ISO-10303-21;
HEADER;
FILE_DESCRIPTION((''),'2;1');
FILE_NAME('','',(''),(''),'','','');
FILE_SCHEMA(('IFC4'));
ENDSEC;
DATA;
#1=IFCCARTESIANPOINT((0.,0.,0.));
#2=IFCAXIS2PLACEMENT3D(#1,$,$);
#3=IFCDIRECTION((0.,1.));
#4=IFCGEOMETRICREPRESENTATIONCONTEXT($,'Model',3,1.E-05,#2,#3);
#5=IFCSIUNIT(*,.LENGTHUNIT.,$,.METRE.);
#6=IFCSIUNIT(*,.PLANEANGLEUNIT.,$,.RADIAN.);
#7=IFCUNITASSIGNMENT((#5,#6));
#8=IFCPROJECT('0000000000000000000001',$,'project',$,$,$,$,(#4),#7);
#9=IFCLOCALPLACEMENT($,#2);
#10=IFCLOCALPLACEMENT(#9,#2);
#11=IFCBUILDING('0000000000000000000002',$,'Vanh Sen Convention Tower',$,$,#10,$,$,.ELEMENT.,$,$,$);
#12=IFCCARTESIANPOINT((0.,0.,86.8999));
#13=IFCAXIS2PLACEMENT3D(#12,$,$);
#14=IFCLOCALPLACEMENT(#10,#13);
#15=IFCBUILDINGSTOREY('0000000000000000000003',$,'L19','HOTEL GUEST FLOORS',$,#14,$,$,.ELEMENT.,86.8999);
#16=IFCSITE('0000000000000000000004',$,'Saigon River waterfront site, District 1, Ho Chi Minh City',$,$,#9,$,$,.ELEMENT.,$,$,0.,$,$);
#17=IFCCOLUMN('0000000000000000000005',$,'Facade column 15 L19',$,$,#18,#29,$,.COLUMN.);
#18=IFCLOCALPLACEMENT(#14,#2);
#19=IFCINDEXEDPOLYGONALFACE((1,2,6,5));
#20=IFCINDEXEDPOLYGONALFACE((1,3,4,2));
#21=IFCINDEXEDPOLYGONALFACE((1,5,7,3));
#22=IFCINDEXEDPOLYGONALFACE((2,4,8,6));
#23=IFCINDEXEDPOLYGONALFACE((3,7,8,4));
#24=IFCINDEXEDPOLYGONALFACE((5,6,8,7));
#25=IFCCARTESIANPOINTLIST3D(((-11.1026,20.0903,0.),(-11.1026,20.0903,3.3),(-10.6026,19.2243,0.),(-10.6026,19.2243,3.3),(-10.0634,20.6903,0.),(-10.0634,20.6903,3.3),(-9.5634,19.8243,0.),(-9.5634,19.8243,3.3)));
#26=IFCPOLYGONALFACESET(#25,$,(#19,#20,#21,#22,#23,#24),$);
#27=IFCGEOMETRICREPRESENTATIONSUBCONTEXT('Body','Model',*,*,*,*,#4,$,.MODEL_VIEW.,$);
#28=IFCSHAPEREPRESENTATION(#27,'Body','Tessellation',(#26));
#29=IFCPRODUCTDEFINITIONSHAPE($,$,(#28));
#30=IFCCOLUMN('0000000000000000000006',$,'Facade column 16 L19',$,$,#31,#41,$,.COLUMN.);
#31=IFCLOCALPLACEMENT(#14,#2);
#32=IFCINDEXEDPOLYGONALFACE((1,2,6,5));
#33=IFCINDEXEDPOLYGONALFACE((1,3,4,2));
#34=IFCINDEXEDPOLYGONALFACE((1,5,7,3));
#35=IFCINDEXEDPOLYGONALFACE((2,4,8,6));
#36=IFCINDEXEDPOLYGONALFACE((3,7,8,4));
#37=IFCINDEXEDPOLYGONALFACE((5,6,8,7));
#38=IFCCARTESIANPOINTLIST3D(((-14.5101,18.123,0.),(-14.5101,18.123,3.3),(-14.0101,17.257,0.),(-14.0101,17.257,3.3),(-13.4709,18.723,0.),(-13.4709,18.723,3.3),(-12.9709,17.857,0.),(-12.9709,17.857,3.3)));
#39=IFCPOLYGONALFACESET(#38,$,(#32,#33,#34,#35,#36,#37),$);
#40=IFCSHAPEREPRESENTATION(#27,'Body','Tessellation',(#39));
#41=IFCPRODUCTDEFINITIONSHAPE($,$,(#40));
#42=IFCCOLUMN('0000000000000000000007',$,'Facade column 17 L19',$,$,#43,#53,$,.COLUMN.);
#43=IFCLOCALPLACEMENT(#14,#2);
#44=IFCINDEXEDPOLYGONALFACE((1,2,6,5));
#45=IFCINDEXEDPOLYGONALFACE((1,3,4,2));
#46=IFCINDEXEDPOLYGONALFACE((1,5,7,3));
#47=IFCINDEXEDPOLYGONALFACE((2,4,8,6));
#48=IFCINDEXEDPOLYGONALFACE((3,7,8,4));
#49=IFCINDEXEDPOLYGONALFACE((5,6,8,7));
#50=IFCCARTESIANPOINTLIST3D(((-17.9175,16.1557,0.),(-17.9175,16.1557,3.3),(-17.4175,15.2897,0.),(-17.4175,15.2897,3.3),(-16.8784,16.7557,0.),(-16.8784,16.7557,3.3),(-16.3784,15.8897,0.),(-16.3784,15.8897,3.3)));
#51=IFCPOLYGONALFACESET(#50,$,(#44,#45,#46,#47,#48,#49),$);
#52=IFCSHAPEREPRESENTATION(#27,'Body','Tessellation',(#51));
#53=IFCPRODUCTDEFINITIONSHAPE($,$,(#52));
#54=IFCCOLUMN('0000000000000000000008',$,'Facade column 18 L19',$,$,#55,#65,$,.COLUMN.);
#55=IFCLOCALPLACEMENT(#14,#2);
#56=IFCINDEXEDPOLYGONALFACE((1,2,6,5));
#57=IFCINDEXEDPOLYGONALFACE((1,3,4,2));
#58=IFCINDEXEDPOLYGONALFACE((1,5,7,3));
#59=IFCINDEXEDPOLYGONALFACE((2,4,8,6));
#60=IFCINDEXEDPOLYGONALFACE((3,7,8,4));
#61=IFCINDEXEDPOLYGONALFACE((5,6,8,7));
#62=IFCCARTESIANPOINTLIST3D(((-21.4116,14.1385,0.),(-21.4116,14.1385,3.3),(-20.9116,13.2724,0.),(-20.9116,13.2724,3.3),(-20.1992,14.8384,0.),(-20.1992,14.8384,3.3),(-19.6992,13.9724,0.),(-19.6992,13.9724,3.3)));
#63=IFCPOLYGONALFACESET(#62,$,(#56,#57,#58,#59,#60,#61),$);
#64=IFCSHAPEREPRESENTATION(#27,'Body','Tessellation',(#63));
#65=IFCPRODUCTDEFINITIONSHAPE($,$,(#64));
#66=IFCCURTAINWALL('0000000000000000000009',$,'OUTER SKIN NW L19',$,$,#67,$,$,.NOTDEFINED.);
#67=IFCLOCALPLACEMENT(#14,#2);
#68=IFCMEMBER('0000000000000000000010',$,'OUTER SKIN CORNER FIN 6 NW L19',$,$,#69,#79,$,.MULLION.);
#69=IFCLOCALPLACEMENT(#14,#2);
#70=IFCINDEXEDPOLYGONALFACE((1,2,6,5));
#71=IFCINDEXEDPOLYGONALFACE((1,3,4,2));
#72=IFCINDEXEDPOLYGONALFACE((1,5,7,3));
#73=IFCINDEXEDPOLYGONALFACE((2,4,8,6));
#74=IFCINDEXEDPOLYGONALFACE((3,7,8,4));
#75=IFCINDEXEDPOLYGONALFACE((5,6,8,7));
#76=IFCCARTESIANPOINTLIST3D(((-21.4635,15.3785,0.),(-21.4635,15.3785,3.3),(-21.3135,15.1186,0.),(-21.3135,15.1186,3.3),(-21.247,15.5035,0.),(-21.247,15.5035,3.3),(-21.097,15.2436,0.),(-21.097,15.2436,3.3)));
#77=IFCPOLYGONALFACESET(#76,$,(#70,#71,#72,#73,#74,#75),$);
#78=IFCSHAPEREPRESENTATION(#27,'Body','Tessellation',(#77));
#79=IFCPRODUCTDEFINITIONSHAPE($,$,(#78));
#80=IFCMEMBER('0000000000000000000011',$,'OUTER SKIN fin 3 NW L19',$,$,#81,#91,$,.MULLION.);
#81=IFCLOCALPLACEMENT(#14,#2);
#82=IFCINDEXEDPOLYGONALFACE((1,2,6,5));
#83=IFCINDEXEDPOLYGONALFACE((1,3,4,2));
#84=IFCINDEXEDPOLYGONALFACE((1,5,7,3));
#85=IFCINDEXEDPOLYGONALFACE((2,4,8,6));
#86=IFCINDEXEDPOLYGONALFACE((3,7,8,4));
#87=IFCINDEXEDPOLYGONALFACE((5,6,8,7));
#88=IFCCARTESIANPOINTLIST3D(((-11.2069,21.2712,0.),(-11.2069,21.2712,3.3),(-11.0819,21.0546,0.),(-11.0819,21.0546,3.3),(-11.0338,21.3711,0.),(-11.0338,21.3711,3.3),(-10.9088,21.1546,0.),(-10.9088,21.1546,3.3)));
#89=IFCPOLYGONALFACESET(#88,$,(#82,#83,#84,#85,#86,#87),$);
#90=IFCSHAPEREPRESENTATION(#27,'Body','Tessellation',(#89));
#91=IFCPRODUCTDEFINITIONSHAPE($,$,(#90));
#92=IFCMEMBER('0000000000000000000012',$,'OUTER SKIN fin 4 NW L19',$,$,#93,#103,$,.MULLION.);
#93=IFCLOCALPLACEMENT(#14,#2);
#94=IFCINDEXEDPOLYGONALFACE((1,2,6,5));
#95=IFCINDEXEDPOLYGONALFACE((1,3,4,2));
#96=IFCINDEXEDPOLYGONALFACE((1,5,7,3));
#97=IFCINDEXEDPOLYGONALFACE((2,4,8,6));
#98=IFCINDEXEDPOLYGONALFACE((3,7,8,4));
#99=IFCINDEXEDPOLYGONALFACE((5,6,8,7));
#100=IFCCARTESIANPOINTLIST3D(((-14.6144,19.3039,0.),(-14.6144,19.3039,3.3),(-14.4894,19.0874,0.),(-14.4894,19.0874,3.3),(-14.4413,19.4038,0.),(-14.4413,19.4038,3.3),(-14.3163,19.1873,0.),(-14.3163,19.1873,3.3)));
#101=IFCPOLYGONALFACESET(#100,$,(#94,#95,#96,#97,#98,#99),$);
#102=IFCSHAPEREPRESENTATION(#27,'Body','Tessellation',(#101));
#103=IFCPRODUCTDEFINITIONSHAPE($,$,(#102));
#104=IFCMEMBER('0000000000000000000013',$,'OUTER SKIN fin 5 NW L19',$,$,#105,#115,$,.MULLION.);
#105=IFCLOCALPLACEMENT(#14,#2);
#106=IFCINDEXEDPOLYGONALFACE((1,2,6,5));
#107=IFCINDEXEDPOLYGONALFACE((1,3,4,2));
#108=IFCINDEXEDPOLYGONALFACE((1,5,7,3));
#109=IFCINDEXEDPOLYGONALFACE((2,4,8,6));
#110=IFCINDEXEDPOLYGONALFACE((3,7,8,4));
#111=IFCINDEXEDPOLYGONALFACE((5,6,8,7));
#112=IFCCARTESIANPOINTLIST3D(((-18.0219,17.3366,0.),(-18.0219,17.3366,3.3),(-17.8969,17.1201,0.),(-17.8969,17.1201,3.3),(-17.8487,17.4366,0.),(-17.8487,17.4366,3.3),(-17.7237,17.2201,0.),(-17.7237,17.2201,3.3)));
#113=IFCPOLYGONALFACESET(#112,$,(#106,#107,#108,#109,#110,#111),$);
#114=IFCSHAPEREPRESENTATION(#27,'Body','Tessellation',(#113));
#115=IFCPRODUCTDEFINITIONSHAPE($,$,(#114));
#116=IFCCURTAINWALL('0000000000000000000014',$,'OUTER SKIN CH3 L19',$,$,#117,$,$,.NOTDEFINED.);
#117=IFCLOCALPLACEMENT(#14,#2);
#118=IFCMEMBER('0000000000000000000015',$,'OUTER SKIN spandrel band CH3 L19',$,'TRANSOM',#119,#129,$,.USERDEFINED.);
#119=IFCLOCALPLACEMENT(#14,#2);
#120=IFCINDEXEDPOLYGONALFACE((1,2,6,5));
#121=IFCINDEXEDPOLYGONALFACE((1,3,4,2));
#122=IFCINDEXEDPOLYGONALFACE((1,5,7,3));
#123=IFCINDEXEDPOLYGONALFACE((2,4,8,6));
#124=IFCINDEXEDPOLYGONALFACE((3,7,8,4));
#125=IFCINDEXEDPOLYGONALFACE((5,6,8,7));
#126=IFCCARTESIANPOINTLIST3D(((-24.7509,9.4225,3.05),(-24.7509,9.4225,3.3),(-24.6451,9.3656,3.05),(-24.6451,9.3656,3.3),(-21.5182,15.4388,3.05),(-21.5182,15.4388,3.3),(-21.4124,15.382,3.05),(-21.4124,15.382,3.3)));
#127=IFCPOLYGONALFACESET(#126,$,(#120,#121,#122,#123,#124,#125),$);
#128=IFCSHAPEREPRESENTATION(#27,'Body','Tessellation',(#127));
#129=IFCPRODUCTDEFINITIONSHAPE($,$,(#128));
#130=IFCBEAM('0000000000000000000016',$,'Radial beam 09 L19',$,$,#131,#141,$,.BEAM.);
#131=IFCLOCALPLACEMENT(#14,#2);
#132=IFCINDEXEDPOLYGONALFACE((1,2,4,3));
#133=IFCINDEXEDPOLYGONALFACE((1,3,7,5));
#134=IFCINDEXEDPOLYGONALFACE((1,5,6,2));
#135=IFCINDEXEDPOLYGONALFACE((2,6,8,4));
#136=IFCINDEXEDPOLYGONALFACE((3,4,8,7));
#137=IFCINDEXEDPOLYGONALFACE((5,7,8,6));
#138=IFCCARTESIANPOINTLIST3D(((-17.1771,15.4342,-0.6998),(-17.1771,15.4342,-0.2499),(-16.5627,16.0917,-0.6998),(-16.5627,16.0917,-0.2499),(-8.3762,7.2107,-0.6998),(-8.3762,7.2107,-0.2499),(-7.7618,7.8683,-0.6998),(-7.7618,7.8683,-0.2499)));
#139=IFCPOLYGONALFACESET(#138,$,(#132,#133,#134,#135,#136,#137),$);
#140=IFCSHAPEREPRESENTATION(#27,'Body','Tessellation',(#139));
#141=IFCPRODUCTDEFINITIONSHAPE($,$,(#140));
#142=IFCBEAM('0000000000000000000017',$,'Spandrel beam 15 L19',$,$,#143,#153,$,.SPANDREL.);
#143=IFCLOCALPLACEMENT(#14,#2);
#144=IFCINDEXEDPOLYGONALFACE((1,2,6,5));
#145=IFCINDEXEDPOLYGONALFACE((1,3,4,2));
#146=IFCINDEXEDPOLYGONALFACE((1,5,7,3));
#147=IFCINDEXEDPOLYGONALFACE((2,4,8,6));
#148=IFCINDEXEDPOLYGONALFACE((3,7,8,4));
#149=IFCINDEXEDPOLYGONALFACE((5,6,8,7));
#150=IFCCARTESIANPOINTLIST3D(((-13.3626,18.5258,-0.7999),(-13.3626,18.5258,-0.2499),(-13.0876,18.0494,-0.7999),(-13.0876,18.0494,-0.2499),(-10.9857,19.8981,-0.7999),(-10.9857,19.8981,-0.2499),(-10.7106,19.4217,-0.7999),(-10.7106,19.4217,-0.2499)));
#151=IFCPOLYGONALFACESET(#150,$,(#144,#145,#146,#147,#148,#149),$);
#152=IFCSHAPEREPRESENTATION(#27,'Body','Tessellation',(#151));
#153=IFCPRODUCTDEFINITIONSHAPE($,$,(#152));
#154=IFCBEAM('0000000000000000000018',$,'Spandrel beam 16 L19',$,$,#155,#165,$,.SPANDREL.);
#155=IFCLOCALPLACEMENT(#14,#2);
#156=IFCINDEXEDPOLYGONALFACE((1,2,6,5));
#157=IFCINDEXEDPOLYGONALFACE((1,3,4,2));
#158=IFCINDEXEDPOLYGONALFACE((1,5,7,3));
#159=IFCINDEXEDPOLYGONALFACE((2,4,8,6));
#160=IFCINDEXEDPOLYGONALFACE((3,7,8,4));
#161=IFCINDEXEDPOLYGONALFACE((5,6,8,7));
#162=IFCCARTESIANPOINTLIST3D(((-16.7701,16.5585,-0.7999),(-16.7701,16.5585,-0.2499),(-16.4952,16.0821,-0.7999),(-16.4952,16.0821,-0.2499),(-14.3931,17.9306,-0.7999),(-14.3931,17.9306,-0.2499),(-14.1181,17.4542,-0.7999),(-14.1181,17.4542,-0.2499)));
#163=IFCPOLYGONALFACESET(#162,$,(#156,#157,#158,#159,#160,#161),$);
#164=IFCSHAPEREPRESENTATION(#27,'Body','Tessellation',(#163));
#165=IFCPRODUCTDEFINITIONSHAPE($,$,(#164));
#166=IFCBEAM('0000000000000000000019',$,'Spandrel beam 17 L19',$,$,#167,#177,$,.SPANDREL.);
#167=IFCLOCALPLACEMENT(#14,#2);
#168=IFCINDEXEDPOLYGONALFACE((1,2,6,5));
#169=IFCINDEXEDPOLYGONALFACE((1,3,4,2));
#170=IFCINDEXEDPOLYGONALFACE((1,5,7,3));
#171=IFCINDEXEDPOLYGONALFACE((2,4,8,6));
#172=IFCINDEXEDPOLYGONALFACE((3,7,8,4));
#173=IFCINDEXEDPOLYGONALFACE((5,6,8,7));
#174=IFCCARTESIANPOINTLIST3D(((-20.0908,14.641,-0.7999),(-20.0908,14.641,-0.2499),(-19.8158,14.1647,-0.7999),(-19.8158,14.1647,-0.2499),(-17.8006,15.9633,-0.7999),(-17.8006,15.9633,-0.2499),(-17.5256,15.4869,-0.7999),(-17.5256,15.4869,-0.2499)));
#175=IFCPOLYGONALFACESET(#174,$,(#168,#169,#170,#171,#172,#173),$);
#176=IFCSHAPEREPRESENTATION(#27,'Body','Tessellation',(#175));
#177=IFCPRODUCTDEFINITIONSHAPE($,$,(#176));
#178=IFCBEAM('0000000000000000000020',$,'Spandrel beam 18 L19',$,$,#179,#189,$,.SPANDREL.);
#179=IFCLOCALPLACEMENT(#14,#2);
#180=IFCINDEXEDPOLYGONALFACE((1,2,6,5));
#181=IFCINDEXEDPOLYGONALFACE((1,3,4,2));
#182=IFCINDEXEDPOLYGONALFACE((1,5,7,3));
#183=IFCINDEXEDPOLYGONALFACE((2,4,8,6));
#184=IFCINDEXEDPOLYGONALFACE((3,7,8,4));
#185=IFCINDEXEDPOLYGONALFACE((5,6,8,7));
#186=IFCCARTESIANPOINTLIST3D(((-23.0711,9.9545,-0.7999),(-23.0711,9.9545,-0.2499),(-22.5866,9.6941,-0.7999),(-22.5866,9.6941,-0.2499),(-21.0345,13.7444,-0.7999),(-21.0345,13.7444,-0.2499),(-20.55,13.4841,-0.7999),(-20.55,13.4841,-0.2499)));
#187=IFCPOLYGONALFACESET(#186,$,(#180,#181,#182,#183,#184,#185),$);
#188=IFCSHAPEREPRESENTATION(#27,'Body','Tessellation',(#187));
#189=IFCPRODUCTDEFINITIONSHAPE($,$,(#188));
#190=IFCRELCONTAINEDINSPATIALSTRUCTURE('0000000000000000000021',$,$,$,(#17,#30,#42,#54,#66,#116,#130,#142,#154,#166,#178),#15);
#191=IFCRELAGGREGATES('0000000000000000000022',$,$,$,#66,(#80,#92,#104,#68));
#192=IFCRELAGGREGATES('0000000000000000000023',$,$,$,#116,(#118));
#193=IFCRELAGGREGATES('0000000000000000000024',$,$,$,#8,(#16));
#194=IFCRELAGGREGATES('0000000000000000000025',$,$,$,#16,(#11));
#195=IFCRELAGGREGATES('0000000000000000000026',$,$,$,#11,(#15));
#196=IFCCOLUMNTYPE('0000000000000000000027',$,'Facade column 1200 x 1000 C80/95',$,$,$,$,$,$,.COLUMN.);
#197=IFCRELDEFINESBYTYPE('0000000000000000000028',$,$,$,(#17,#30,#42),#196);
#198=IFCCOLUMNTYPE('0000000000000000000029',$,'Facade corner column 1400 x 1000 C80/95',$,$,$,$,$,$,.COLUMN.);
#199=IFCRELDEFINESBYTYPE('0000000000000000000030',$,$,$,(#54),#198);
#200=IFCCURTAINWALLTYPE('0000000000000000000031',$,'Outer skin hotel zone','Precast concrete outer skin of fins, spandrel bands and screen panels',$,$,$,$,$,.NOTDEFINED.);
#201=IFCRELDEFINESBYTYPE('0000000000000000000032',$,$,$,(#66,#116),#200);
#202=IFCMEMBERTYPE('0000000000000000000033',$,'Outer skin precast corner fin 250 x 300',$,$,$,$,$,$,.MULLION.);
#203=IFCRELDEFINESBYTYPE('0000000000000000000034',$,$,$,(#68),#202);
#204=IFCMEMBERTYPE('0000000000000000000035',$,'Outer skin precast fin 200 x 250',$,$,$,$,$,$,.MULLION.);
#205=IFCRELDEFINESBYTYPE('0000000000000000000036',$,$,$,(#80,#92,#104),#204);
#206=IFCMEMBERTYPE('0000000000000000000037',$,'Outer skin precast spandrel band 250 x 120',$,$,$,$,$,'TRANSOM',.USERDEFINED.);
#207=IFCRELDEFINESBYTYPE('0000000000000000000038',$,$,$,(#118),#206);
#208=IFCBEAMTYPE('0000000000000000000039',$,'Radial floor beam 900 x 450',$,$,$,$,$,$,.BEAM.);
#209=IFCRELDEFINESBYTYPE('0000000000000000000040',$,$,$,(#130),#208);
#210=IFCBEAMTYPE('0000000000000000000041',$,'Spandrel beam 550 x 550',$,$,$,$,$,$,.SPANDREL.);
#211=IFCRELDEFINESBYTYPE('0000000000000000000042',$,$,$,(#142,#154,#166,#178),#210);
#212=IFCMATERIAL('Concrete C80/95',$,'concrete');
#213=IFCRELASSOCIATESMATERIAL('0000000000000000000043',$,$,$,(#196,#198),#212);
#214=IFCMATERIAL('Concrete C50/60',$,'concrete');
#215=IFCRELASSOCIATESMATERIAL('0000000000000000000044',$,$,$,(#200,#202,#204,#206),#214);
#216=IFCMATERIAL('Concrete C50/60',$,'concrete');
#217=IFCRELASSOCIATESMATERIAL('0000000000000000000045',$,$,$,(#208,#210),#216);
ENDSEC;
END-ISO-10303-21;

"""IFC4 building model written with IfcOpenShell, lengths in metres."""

from ifc_helpers import new_model, si_unit, direction, frame, origin, origin_2d, place, context, subcontext, project, spatial, rectangle, extrude, material, material_profile, profile_set, type_object, element, aggregate, save


model = new_model("IFC4")

# Units and contexts
model_context = context("Model", 3, precision=1e-05, world=origin(), true_north=direction((0.0, 1.0)))
body_context = subcontext(model_context, "Body", "Model", "MODEL_VIEW")
ifc_project = project(units=[si_unit("LENGTHUNIT", "METRE"), si_unit("PLANEANGLEUNIT", "RADIAN")], contexts=[model_context])

# Site, building, storey
site_placement = place(None, origin())
site = spatial("IfcSite", under=ifc_project, at=site_placement, Name="Saigon River waterfront site, District 1, Ho Chi Minh City", CompositionType="ELEMENT", RefElevation=0.0)
building_placement = place(site_placement, origin())
building = spatial("IfcBuilding", under=site, at=building_placement, Name="Vanh Sen Convention Tower", CompositionType="ELEMENT")
storey_placement = place(building_placement, frame((0.0, 0.0, 86.8999)))
storey = spatial("IfcBuildingStorey", under=building, at=storey_placement, Name="L19", Description="HOTEL GUEST FLOORS", CompositionType="ELEMENT", Elevation=86.8999)

# Columns
ifc_material_1 = material(Name="Concrete C80/95", Category="concrete")
ifc_material_profile_1 = material_profile(ifc_material_1, rectangle(XDim=1.2, YDim=1.0, at=origin_2d()), Name="RC 1200X1000")
ifc_profile_set_1 = profile_set([ifc_material_profile_1], Name="Concrete C80/95")
column_type_1 = type_object("IfcColumnType", Name="Facade column 1200 x 1000 C80/95", PredefinedType="COLUMN", material=ifc_profile_set_1)
for number, where, z_axis, x_axis, name in (
    (1, (-10.333, 19.9573, 0.0), (0.0, 0.0, 1.0), (-0.866025, -0.5, 0.0), "Facade column 15 L19"),
    (2, (-13.7405, 17.99, 0.0), (0.0, 0.0, 1.0), (-0.866025, -0.5, 0.0), "Facade column 16 L19"),
    (3, (-17.1479, 16.0227, 0.0), (0.0, 0.0, 1.0), (-0.866025, -0.5, 0.0), "Facade column 17 L19"),
):
    element("IfcColumn", number, at=place(storey_placement, frame(where, z_axis=z_axis, x_axis=x_axis)), inside=storey, type_object=column_type_1, Name=name, PredefinedType="COLUMN", context=body_context, shape_type="SweptSolid", body=[
        extrude(rectangle(XDim=1.2, YDim=1.0, at=origin_2d()), origin(), (0.0, 0.0, 1.0), 3.3),
    ])
ifc_material_profile_2 = material_profile(ifc_material_1, rectangle(XDim=1.3999, YDim=1.0, at=origin_2d()), Name="RC 1400X1000")
ifc_profile_set_2 = profile_set([ifc_material_profile_2], Name="Concrete C80/95")
column_type_2 = type_object("IfcColumnType", Name="Facade corner column 1400 x 1000 C80/95", PredefinedType="COLUMN", material=ifc_profile_set_2)
column_placement = place(storey_placement, frame((-20.5554, 14.0554, 0.0), z_axis=(0.0, 0.0, 1.0), x_axis=(-0.866025, -0.5, 0.0)))
element("IfcColumn", 4, at=column_placement, inside=storey, type_object=column_type_2, Name="Facade column 18 L19", PredefinedType="COLUMN", context=body_context, shape_type="SweptSolid", body=[
    extrude(rectangle(XDim=1.3999, YDim=1.0, at=origin_2d()), origin(), (0.0, 0.0, 1.0), 3.3),
])

# Curtain wall, members
ifc_material_2 = material(Name="Concrete C50/60", Category="concrete")
curtain_wall_type = type_object("IfcCurtainWallType", Name="Outer skin hotel zone", Description="Precast concrete outer skin of fins, spandrel bands and screen panels", PredefinedType="NOTDEFINED", material=ifc_material_2)
curtain_wall_1_placement = place(storey_placement, origin())
curtain_wall_1 = element("IfcCurtainWall", 5, at=curtain_wall_1_placement, inside=storey, type_object=curtain_wall_type, Name="OUTER SKIN NW L19", PredefinedType="NOTDEFINED")
ifc_material_profile_3 = material_profile(ifc_material_2, rectangle(XDim=0.25, YDim=0.3, at=origin_2d()), Name="Outer skin precast corner fin 250 x 300")
ifc_profile_set_3 = profile_set([ifc_material_profile_3], Name="Concrete C50/60")
member_type_1 = type_object("IfcMemberType", Name="Outer skin precast corner fin 250 x 300", PredefinedType="MULLION", material=ifc_profile_set_3)
member_1_placement = place(storey_placement, frame((-21.2803, 15.311, 0.0), z_axis=(0.0, 0.0, 1.0), x_axis=(-0.866025, -0.5, 0.0)))
member_1 = element("IfcMember", 6, at=member_1_placement, type_object=member_type_1, Name="OUTER SKIN CORNER FIN 6 NW L19", PredefinedType="MULLION", context=body_context, shape_type="SweptSolid", body=[
    extrude(rectangle(XDim=0.25, YDim=0.3, at=origin_2d()), origin(), (0.0, 0.0, 1.0), 3.3),
])
ifc_material_profile_4 = material_profile(ifc_material_2, rectangle(XDim=0.2, YDim=0.25, at=origin_2d()), Name="Outer skin precast fin 200 x 250")
ifc_profile_set_4 = profile_set([ifc_material_profile_4], Name="Concrete C50/60")
member_type_2 = type_object("IfcMemberType", Name="Outer skin precast fin 200 x 250", PredefinedType="MULLION", material=ifc_profile_set_4)
member_2_placement = place(storey_placement, frame((-11.0579, 21.2129, 0.0), z_axis=(0.0, 0.0, 1.0), x_axis=(-0.866025, -0.5, 0.0)))
member_2 = element("IfcMember", 7, at=member_2_placement, type_object=member_type_2, Name="OUTER SKIN fin 3 NW L19", PredefinedType="MULLION", context=body_context, shape_type="SweptSolid", body=[
    extrude(rectangle(XDim=0.2, YDim=0.25, at=origin_2d()), origin(), (0.0, 0.0, 1.0), 3.3),
])
member_3_placement = place(storey_placement, frame((-14.4653, 19.2456, 0.0), z_axis=(0.0, 0.0, 1.0), x_axis=(-0.866025, -0.5, 0.0)))
member_3 = element("IfcMember", 8, at=member_3_placement, type_object=member_type_2, Name="OUTER SKIN fin 4 NW L19", PredefinedType="MULLION", context=body_context, shape_type="SweptSolid", body=[
    extrude(rectangle(XDim=0.2, YDim=0.25, at=origin_2d()), origin(), (0.0, 0.0, 1.0), 3.3),
])
member_4_placement = place(storey_placement, frame((-17.8728, 17.2783, 0.0), z_axis=(0.0, 0.0, 1.0), x_axis=(-0.866025, -0.5, 0.0)))
member_4 = element("IfcMember", 9, at=member_4_placement, type_object=member_type_2, Name="OUTER SKIN fin 5 NW L19", PredefinedType="MULLION", context=body_context, shape_type="SweptSolid", body=[
    extrude(rectangle(XDim=0.2, YDim=0.25, at=origin_2d()), origin(), (0.0, 0.0, 1.0), 3.3),
])

# Curtain wall, member
curtain_wall_2_placement = place(storey_placement, origin())
curtain_wall_2 = element("IfcCurtainWall", 10, at=curtain_wall_2_placement, inside=storey, type_object=curtain_wall_type, Name="OUTER SKIN CH3 L19", PredefinedType="NOTDEFINED")
ifc_material_profile_5 = material_profile(ifc_material_2, rectangle(XDim=0.1201, YDim=0.25, at=origin_2d()), Name="Outer skin precast spandrel band 250 x 120")
ifc_profile_set_5 = profile_set([ifc_material_profile_5], Name="Concrete C50/60")
member_type_3 = type_object("IfcMemberType", Name="Outer skin precast spandrel band 250 x 120", ElementType="TRANSOM", PredefinedType="USERDEFINED", material=ifc_profile_set_5)
member_5_placement = place(storey_placement, frame((-21.4653, 15.4104, 3.175), z_axis=(-0.473315, -0.880893, 0.0), x_axis=(0.880893, -0.473315, 0.0)))
member_5 = element("IfcMember", 11, at=member_5_placement, type_object=member_type_3, Name="OUTER SKIN spandrel band CH3 L19", ObjectType="TRANSOM", PredefinedType="USERDEFINED", context=body_context, shape_type="SweptSolid", body=[
    extrude(rectangle(XDim=0.1201, YDim=0.25, at=origin_2d()), origin(), (0.0, 0.0, 1.0), 6.8298),
])

# Beams
ifc_material_3 = material(Name="Concrete C50/60", Category="concrete")
ifc_material_profile_6 = material_profile(ifc_material_3, rectangle(XDim=0.8999, YDim=0.45, at=origin_2d()), Name="RC 900X450")
ifc_profile_set_6 = profile_set([ifc_material_profile_6], Name="Concrete C50/60")
beam_type_1 = type_object("IfcBeamType", Name="Radial floor beam 900 x 450", PredefinedType="BEAM", material=ifc_profile_set_6)
beam_1_placement = place(storey_placement, frame((-16.8699, 15.7629, -0.4749), z_axis=(0.730669, -0.682732, 0.0), x_axis=(0.682732, 0.730669, 0.0)))
element("IfcBeam", 12, at=beam_1_placement, inside=storey, type_object=beam_type_1, Name="Radial beam 09 L19", PredefinedType="BEAM", context=body_context, shape_type="SweptSolid", body=[
    extrude(rectangle(XDim=0.8999, YDim=0.45, at=origin_2d()), origin(), (0.0, 0.0, 1.0), 12.0449),
])
ifc_material_profile_7 = material_profile(ifc_material_3, rectangle(XDim=0.55, YDim=0.55, at=origin_2d()), Name="RC 550X550")
ifc_profile_set_7 = profile_set([ifc_material_profile_7], Name="Concrete C50/60")
beam_type_2 = type_object("IfcBeamType", Name="Spandrel beam 550 x 550", PredefinedType="SPANDREL", material=ifc_profile_set_7)
for number, where, z_axis, x_axis, name in (
    (13, (-10.8481, 19.6599, -0.5249), (-0.866029, -0.499995, 0.0), (0.499995, -0.866029, 0.0), "Spandrel beam 15 L19"),
    (14, (-14.2556, 17.6924, -0.5249), (-0.866067, -0.499928, 0.0), (0.499928, -0.866067, 0.0), "Spandrel beam 16 L19"),
):
    element("IfcBeam", number, at=place(storey_placement, frame(where, z_axis=z_axis, x_axis=x_axis)), inside=storey, type_object=beam_type_2, Name=name, PredefinedType="SPANDREL", context=body_context, shape_type="SweptSolid", body=[
        extrude(rectangle(XDim=0.55, YDim=0.55, at=origin_2d()), origin(), (0.0, 0.0, 1.0), 2.7446),
    ])
beam_2_placement = place(storey_placement, frame((-17.6631, 15.7251, -0.5249), z_axis=(-0.86603, -0.499991, 0.0), x_axis=(0.499991, -0.86603, 0.0)))
element("IfcBeam", 15, at=beam_2_placement, inside=storey, type_object=beam_type_2, Name="Spandrel beam 17 L19", PredefinedType="SPANDREL", context=body_context, shape_type="SweptSolid", body=[
    extrude(rectangle(XDim=0.55, YDim=0.55, at=origin_2d()), origin(), (0.0, 0.0, 1.0), 2.6445),
])
beam_3_placement = place(storey_placement, frame((-20.7922, 13.6143, -0.5249), z_axis=(-0.473348, -0.880875, 0.0), x_axis=(0.880875, -0.473348, 0.0)))
element("IfcBeam", 16, at=beam_3_placement, inside=storey, type_object=beam_type_2, Name="Spandrel beam 18 L19", PredefinedType="SPANDREL", context=body_context, shape_type="SweptSolid", body=[
    extrude(rectangle(XDim=0.55, YDim=0.55, at=origin_2d()), origin(), (0.0, 0.0, 1.0), 4.3025),
])

aggregate(curtain_wall_1, [member_2, member_3, member_4, member_1])
aggregate(curtain_wall_2, [member_5])

save(model, "model.ifc")
